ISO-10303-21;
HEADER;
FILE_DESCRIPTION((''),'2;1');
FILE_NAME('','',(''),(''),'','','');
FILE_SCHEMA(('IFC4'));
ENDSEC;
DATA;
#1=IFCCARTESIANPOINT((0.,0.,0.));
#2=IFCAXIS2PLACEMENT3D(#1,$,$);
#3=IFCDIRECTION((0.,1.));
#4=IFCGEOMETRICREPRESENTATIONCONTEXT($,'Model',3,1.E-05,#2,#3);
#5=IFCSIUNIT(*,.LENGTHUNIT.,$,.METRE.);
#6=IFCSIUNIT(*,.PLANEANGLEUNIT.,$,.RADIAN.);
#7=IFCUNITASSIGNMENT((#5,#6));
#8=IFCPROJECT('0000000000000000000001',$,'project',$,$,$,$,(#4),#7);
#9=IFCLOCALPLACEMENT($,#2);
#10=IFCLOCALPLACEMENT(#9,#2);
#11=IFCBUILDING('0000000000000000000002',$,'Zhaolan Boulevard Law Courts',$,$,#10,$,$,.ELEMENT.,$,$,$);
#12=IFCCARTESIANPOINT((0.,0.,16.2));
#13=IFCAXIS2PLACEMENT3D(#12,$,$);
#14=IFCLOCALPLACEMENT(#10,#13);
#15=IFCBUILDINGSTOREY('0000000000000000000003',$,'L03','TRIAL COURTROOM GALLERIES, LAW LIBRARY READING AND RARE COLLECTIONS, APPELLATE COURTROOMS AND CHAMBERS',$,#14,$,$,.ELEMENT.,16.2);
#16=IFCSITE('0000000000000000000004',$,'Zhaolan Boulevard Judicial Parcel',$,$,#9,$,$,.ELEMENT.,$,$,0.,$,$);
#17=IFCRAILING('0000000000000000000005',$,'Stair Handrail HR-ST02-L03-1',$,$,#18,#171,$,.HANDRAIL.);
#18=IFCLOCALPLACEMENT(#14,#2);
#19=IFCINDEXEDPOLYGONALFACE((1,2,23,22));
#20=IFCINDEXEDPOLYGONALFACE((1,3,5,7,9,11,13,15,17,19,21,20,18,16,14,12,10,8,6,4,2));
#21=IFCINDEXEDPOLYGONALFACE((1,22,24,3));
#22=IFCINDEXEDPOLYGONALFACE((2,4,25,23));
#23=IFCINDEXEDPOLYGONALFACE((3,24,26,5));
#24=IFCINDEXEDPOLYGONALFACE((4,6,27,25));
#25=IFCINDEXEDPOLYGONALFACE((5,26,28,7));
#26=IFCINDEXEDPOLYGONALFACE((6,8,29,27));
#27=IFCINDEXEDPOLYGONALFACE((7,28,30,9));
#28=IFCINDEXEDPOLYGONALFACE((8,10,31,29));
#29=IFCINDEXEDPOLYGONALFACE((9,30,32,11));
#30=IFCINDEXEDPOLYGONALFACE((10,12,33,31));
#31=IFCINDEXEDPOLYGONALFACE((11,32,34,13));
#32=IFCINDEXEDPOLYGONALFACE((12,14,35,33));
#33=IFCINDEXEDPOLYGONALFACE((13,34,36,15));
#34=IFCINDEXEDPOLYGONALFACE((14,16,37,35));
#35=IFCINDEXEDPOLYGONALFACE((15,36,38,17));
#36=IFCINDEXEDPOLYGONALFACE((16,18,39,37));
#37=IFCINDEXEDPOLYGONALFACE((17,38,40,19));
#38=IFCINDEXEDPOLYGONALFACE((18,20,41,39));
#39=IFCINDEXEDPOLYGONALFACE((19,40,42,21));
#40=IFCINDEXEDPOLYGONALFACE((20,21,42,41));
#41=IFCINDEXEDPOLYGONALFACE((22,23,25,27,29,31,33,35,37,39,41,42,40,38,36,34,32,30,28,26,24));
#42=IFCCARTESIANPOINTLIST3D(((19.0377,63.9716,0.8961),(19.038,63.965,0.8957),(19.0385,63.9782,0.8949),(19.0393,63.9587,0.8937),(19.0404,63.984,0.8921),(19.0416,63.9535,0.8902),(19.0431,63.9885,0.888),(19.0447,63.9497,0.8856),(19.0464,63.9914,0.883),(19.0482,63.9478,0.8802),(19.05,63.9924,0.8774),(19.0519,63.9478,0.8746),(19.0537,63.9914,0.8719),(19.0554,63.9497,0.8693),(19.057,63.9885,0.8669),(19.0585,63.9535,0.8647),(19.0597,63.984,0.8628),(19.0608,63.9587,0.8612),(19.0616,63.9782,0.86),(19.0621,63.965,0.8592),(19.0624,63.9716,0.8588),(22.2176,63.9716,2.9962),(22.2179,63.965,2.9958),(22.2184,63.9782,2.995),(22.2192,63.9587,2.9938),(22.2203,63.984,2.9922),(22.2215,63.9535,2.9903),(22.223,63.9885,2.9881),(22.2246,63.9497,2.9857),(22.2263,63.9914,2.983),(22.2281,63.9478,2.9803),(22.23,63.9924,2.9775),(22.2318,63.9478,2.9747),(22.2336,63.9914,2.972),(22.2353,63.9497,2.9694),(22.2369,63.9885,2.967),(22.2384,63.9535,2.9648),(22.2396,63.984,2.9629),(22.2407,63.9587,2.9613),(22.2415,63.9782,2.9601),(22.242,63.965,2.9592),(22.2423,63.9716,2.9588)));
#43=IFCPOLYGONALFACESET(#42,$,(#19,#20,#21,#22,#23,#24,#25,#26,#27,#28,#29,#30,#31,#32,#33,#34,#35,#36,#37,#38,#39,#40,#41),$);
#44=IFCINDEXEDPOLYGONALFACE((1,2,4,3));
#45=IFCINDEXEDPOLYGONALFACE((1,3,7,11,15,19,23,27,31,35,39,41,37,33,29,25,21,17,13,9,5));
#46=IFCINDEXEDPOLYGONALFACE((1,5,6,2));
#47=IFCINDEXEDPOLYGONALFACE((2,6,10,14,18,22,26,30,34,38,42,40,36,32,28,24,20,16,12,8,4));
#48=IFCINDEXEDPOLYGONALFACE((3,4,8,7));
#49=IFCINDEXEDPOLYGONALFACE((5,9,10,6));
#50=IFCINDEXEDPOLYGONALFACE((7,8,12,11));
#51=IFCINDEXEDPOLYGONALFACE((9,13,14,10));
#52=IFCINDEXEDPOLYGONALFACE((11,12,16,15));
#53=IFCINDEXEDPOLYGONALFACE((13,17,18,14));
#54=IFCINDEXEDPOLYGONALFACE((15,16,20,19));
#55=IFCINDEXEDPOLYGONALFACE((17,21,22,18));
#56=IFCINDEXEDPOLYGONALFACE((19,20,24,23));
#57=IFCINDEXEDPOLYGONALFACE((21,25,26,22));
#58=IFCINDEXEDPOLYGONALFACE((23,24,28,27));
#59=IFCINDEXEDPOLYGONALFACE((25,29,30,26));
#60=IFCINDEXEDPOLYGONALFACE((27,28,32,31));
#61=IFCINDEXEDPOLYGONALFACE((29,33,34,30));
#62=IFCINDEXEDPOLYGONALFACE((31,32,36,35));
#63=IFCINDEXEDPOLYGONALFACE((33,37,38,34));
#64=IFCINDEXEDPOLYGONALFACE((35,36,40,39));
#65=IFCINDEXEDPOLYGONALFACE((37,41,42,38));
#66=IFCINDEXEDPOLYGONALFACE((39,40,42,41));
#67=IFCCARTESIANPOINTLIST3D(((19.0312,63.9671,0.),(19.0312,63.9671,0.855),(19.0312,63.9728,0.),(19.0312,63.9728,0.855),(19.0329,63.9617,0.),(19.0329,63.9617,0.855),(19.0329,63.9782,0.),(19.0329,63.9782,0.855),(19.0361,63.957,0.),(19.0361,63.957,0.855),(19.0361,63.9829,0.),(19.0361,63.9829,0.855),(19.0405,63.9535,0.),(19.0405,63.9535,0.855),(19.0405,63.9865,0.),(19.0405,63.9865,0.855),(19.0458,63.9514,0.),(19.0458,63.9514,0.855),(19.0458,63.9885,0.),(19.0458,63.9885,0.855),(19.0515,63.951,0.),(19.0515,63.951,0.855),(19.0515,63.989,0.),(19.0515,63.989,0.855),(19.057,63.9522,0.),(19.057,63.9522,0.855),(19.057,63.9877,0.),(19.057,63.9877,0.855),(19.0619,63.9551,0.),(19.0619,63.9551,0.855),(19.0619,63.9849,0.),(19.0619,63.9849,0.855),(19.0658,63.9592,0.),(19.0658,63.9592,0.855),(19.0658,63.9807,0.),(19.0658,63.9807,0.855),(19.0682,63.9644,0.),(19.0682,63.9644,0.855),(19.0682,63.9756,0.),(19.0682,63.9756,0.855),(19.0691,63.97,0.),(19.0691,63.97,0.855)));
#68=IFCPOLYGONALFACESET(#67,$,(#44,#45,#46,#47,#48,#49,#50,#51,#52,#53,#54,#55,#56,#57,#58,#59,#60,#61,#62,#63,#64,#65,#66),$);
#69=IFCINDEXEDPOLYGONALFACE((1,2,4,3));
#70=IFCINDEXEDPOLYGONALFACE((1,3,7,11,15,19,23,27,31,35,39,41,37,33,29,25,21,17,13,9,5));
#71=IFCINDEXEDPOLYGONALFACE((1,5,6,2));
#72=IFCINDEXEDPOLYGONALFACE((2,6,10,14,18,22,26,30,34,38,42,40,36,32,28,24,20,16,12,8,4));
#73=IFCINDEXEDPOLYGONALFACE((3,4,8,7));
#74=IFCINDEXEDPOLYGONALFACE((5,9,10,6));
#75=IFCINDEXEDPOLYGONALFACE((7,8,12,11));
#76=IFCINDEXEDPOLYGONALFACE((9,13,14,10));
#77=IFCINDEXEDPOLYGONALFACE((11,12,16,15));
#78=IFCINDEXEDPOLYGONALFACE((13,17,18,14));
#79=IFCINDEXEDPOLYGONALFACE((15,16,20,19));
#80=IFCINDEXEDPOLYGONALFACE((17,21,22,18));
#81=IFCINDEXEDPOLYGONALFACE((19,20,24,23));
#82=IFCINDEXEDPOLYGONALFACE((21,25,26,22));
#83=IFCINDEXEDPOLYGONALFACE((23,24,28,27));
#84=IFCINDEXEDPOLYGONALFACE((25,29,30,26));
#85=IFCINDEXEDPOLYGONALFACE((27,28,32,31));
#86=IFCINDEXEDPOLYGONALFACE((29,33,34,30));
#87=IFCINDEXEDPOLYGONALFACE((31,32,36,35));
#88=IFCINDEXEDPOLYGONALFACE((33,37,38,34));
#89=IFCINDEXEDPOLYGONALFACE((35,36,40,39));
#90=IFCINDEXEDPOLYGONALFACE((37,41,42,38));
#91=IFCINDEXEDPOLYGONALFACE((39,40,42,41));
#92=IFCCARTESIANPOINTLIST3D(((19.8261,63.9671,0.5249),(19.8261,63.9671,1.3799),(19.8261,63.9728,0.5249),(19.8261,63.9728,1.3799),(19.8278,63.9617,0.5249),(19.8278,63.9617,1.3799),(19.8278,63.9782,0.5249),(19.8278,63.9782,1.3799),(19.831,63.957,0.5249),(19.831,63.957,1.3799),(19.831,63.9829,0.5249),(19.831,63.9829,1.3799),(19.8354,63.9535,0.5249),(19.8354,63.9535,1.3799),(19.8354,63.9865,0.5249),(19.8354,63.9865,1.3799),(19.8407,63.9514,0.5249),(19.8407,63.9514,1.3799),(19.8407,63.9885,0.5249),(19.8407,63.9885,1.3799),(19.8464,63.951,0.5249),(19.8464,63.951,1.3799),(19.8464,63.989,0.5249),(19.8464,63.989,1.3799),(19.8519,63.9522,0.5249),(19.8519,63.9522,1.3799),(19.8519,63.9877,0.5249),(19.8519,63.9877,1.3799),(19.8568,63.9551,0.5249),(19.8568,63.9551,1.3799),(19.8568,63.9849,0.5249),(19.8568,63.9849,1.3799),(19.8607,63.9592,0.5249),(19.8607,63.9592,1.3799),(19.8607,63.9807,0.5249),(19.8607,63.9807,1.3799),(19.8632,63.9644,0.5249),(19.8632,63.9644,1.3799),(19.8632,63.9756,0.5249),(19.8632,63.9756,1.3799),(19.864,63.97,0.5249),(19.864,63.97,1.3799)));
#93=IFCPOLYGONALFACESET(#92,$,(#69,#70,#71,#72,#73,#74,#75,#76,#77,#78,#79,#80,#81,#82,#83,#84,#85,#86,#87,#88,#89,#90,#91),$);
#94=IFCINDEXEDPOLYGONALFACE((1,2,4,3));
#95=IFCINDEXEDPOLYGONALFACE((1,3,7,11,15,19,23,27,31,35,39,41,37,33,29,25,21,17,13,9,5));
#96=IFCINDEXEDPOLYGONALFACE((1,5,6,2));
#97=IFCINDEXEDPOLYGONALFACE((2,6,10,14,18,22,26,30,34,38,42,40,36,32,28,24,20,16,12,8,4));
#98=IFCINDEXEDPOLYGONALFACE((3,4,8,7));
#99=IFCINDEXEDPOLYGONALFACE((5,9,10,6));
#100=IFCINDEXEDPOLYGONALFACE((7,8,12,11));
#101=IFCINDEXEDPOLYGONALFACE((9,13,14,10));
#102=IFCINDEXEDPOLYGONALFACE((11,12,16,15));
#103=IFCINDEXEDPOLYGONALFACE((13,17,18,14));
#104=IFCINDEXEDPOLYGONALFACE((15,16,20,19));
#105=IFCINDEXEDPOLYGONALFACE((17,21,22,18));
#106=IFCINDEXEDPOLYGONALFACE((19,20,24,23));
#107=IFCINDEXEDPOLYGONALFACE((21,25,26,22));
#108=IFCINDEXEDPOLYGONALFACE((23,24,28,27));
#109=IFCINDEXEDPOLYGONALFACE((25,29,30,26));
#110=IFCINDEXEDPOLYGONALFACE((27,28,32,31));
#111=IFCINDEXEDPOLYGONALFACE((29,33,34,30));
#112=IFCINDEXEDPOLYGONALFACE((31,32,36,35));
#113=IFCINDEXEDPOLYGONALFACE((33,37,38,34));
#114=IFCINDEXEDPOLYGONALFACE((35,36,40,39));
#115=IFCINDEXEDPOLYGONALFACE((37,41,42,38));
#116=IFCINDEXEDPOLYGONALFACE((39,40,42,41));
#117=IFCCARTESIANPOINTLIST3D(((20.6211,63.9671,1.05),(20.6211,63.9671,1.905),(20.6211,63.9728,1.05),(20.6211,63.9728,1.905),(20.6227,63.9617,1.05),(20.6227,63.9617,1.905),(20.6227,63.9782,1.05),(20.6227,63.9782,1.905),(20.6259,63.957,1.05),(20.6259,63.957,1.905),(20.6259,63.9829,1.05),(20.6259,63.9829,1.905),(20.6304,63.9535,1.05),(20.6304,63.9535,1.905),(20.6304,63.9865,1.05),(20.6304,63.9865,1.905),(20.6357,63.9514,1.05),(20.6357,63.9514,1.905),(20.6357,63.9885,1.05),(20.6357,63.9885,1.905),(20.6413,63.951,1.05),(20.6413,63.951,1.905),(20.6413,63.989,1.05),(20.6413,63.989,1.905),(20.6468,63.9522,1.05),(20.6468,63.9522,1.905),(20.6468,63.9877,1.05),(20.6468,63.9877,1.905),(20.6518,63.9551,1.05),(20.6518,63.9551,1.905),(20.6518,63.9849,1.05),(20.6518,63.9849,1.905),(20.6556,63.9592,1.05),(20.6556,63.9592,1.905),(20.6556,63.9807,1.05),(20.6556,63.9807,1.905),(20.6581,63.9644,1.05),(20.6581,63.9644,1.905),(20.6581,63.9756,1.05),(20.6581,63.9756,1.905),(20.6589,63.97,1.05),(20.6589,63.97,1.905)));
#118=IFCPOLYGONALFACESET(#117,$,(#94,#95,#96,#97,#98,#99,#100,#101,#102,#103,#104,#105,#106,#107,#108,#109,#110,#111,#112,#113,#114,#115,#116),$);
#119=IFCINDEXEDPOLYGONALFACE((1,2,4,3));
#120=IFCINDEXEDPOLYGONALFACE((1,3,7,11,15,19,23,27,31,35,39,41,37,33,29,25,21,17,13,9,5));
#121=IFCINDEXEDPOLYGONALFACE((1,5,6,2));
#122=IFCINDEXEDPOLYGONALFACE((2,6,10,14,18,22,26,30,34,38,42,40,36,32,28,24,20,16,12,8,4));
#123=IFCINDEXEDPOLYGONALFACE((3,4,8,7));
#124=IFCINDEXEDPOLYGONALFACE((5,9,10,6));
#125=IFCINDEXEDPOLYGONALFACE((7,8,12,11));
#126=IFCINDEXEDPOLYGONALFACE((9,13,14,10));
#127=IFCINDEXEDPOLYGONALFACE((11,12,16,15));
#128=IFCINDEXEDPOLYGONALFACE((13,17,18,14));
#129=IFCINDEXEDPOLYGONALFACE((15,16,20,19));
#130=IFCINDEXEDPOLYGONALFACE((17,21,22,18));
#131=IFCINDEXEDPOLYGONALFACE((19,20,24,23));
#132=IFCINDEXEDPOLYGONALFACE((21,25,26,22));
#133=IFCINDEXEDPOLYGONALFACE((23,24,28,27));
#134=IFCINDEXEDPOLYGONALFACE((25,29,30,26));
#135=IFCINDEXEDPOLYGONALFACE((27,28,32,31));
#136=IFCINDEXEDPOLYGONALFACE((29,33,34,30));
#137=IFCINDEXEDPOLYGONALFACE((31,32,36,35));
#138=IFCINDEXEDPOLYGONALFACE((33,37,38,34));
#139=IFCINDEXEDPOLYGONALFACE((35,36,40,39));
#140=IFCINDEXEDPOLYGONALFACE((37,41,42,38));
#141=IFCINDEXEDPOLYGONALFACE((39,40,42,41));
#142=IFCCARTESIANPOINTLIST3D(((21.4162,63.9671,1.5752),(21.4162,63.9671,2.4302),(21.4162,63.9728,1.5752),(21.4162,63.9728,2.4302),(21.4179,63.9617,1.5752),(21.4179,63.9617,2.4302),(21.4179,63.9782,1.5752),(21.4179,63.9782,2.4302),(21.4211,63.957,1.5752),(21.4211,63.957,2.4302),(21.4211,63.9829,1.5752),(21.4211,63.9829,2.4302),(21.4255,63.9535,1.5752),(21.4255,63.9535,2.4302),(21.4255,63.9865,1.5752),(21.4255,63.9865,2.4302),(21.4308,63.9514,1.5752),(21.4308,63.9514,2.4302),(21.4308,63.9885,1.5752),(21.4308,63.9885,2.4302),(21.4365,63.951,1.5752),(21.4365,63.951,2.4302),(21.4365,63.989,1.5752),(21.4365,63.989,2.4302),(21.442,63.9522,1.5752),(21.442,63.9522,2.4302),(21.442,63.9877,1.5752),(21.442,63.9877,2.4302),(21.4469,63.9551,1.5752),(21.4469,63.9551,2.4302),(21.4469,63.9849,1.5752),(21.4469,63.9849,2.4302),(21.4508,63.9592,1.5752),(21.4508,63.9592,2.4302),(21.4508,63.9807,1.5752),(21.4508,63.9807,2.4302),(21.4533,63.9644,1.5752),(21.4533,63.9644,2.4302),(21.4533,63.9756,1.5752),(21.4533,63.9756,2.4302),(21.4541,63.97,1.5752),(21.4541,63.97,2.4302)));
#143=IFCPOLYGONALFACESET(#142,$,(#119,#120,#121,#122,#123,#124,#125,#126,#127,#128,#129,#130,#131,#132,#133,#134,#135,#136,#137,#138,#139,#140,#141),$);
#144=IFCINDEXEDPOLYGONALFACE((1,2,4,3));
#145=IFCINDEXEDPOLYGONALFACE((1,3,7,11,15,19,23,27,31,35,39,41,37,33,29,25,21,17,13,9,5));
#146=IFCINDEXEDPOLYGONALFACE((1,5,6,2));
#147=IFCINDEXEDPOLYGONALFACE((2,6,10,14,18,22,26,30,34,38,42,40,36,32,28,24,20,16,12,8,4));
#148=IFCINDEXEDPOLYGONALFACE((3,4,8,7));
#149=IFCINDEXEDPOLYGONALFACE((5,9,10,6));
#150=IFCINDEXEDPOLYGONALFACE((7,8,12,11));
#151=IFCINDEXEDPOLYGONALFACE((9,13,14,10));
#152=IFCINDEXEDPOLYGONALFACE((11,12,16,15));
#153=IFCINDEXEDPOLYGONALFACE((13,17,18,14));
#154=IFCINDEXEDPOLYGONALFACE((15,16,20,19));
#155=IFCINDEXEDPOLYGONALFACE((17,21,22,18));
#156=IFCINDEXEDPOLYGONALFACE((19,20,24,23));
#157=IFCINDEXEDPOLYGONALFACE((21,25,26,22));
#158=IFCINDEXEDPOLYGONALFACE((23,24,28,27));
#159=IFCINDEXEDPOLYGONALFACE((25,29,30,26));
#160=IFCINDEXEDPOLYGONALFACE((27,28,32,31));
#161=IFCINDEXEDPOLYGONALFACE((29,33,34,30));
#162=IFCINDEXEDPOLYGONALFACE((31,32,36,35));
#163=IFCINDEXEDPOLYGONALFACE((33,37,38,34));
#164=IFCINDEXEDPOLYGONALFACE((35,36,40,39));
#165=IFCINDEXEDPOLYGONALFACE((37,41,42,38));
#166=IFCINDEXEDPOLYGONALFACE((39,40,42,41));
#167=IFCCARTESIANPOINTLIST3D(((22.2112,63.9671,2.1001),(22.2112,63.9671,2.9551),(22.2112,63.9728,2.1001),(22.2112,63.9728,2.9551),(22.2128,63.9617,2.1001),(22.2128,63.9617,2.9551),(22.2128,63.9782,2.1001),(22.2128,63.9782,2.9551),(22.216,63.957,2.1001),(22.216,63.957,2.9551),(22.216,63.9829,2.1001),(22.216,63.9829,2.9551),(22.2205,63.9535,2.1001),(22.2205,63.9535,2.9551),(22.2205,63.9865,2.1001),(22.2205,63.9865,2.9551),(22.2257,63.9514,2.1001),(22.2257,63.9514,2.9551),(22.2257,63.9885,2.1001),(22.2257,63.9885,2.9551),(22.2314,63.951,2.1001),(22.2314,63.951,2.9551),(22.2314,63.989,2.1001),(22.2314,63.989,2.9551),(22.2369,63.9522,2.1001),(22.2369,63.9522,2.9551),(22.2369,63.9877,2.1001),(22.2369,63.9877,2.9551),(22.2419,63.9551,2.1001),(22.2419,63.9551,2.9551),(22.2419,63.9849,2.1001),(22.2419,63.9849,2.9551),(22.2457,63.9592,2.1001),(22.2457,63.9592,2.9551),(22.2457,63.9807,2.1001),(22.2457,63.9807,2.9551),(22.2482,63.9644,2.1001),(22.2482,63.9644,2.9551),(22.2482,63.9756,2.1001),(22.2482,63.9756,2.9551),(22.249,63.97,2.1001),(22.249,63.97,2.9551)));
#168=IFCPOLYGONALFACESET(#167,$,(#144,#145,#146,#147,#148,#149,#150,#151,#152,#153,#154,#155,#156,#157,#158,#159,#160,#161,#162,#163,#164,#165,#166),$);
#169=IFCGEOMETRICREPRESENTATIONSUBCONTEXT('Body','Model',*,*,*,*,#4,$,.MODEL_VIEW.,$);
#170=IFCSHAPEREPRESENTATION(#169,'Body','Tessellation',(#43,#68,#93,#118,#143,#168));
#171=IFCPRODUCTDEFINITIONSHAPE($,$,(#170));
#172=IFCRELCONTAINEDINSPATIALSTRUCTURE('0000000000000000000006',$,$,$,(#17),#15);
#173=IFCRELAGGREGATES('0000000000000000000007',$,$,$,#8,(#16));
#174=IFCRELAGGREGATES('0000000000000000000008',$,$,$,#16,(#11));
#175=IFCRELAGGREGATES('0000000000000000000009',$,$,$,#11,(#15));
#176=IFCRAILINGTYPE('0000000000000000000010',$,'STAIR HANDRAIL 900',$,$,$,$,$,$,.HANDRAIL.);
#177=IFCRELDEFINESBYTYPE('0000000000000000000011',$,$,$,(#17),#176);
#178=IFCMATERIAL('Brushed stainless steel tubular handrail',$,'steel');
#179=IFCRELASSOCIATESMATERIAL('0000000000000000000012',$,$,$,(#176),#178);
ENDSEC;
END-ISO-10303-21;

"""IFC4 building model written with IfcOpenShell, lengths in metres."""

from ifc_helpers import new_model, si_unit, direction, frame, origin, origin_2d, place, context, subcontext, project, spatial, circle, extrude, material, type_object, element, save


model = new_model("IFC4")

# Units and contexts
model_context = context("Model", 3, precision=1e-05, world=origin(), true_north=direction((0.0, 1.0)))
body_context = subcontext(model_context, "Body", "Model", "MODEL_VIEW")
ifc_project = project(units=[si_unit("LENGTHUNIT", "METRE"), si_unit("PLANEANGLEUNIT", "RADIAN")], contexts=[model_context])

# Site, building, storey
site_placement = place(None, origin())
site = spatial("IfcSite", under=ifc_project, at=site_placement, Name="Zhaolan Boulevard Judicial Parcel", CompositionType="ELEMENT", RefElevation=0.0)
building_placement = place(site_placement, origin())
building = spatial("IfcBuilding", under=site, at=building_placement, Name="Zhaolan Boulevard Law Courts", CompositionType="ELEMENT")
storey_placement = place(building_placement, frame((0.0, 0.0, 16.2)))
storey = spatial("IfcBuildingStorey", under=building, at=storey_placement, Name="L03", Description="TRIAL COURTROOM GALLERIES, LAW LIBRARY READING AND RARE COLLECTIONS, APPELLATE COURTROOMS AND CHAMBERS", CompositionType="ELEMENT", Elevation=16.2)

# Railing
ifc_material_1 = material(Name="Brushed stainless steel tubular handrail", Category="steel")
railing_type_1 = type_object("IfcRailingType", Name="STAIR HANDRAIL 900", PredefinedType="HANDRAIL", material=ifc_material_1)
railing_1_placement = place(storey_placement, frame((19.05, 63.97, 0.0)))
element("IfcRailing", 1, at=railing_1_placement, inside=storey, type_object=railing_type_1, Name="Stair Handrail HR-ST02-L03-1", PredefinedType="HANDRAIL", context=body_context, shape_type="SweptSolid", body=[
    extrude(circle(Radius=0.0225, at=origin_2d()), frame((0.0, 0.0, 0.8774), z_axis=(0.834447, 0.0, 0.551088), x_axis=(0.0, 1.0, 0.0)), (0.0, 0.0, 1.0), 3.8108),
    extrude(circle(Radius=0.019, at=origin_2d()), origin(), (0.0, 0.0, 1.0), 0.855),
    extrude(circle(Radius=0.019, at=origin_2d()), frame((0.7949, 0.0, 0.5249)), (0.0, 0.0, 1.0), 0.855),
    extrude(circle(Radius=0.019, at=origin_2d()), frame((1.5898, 0.0, 1.05)), (0.0, 0.0, 1.0), 0.855),
    extrude(circle(Radius=0.019, at=origin_2d()), frame((2.385, 0.0, 1.5752)), (0.0, 0.0, 1.0), 0.855),
    extrude(circle(Radius=0.019, at=origin_2d()), frame((3.1799, 0.0, 2.1001)), (0.0, 0.0, 1.0), 0.855),
])

save(model, "model.ifc")
